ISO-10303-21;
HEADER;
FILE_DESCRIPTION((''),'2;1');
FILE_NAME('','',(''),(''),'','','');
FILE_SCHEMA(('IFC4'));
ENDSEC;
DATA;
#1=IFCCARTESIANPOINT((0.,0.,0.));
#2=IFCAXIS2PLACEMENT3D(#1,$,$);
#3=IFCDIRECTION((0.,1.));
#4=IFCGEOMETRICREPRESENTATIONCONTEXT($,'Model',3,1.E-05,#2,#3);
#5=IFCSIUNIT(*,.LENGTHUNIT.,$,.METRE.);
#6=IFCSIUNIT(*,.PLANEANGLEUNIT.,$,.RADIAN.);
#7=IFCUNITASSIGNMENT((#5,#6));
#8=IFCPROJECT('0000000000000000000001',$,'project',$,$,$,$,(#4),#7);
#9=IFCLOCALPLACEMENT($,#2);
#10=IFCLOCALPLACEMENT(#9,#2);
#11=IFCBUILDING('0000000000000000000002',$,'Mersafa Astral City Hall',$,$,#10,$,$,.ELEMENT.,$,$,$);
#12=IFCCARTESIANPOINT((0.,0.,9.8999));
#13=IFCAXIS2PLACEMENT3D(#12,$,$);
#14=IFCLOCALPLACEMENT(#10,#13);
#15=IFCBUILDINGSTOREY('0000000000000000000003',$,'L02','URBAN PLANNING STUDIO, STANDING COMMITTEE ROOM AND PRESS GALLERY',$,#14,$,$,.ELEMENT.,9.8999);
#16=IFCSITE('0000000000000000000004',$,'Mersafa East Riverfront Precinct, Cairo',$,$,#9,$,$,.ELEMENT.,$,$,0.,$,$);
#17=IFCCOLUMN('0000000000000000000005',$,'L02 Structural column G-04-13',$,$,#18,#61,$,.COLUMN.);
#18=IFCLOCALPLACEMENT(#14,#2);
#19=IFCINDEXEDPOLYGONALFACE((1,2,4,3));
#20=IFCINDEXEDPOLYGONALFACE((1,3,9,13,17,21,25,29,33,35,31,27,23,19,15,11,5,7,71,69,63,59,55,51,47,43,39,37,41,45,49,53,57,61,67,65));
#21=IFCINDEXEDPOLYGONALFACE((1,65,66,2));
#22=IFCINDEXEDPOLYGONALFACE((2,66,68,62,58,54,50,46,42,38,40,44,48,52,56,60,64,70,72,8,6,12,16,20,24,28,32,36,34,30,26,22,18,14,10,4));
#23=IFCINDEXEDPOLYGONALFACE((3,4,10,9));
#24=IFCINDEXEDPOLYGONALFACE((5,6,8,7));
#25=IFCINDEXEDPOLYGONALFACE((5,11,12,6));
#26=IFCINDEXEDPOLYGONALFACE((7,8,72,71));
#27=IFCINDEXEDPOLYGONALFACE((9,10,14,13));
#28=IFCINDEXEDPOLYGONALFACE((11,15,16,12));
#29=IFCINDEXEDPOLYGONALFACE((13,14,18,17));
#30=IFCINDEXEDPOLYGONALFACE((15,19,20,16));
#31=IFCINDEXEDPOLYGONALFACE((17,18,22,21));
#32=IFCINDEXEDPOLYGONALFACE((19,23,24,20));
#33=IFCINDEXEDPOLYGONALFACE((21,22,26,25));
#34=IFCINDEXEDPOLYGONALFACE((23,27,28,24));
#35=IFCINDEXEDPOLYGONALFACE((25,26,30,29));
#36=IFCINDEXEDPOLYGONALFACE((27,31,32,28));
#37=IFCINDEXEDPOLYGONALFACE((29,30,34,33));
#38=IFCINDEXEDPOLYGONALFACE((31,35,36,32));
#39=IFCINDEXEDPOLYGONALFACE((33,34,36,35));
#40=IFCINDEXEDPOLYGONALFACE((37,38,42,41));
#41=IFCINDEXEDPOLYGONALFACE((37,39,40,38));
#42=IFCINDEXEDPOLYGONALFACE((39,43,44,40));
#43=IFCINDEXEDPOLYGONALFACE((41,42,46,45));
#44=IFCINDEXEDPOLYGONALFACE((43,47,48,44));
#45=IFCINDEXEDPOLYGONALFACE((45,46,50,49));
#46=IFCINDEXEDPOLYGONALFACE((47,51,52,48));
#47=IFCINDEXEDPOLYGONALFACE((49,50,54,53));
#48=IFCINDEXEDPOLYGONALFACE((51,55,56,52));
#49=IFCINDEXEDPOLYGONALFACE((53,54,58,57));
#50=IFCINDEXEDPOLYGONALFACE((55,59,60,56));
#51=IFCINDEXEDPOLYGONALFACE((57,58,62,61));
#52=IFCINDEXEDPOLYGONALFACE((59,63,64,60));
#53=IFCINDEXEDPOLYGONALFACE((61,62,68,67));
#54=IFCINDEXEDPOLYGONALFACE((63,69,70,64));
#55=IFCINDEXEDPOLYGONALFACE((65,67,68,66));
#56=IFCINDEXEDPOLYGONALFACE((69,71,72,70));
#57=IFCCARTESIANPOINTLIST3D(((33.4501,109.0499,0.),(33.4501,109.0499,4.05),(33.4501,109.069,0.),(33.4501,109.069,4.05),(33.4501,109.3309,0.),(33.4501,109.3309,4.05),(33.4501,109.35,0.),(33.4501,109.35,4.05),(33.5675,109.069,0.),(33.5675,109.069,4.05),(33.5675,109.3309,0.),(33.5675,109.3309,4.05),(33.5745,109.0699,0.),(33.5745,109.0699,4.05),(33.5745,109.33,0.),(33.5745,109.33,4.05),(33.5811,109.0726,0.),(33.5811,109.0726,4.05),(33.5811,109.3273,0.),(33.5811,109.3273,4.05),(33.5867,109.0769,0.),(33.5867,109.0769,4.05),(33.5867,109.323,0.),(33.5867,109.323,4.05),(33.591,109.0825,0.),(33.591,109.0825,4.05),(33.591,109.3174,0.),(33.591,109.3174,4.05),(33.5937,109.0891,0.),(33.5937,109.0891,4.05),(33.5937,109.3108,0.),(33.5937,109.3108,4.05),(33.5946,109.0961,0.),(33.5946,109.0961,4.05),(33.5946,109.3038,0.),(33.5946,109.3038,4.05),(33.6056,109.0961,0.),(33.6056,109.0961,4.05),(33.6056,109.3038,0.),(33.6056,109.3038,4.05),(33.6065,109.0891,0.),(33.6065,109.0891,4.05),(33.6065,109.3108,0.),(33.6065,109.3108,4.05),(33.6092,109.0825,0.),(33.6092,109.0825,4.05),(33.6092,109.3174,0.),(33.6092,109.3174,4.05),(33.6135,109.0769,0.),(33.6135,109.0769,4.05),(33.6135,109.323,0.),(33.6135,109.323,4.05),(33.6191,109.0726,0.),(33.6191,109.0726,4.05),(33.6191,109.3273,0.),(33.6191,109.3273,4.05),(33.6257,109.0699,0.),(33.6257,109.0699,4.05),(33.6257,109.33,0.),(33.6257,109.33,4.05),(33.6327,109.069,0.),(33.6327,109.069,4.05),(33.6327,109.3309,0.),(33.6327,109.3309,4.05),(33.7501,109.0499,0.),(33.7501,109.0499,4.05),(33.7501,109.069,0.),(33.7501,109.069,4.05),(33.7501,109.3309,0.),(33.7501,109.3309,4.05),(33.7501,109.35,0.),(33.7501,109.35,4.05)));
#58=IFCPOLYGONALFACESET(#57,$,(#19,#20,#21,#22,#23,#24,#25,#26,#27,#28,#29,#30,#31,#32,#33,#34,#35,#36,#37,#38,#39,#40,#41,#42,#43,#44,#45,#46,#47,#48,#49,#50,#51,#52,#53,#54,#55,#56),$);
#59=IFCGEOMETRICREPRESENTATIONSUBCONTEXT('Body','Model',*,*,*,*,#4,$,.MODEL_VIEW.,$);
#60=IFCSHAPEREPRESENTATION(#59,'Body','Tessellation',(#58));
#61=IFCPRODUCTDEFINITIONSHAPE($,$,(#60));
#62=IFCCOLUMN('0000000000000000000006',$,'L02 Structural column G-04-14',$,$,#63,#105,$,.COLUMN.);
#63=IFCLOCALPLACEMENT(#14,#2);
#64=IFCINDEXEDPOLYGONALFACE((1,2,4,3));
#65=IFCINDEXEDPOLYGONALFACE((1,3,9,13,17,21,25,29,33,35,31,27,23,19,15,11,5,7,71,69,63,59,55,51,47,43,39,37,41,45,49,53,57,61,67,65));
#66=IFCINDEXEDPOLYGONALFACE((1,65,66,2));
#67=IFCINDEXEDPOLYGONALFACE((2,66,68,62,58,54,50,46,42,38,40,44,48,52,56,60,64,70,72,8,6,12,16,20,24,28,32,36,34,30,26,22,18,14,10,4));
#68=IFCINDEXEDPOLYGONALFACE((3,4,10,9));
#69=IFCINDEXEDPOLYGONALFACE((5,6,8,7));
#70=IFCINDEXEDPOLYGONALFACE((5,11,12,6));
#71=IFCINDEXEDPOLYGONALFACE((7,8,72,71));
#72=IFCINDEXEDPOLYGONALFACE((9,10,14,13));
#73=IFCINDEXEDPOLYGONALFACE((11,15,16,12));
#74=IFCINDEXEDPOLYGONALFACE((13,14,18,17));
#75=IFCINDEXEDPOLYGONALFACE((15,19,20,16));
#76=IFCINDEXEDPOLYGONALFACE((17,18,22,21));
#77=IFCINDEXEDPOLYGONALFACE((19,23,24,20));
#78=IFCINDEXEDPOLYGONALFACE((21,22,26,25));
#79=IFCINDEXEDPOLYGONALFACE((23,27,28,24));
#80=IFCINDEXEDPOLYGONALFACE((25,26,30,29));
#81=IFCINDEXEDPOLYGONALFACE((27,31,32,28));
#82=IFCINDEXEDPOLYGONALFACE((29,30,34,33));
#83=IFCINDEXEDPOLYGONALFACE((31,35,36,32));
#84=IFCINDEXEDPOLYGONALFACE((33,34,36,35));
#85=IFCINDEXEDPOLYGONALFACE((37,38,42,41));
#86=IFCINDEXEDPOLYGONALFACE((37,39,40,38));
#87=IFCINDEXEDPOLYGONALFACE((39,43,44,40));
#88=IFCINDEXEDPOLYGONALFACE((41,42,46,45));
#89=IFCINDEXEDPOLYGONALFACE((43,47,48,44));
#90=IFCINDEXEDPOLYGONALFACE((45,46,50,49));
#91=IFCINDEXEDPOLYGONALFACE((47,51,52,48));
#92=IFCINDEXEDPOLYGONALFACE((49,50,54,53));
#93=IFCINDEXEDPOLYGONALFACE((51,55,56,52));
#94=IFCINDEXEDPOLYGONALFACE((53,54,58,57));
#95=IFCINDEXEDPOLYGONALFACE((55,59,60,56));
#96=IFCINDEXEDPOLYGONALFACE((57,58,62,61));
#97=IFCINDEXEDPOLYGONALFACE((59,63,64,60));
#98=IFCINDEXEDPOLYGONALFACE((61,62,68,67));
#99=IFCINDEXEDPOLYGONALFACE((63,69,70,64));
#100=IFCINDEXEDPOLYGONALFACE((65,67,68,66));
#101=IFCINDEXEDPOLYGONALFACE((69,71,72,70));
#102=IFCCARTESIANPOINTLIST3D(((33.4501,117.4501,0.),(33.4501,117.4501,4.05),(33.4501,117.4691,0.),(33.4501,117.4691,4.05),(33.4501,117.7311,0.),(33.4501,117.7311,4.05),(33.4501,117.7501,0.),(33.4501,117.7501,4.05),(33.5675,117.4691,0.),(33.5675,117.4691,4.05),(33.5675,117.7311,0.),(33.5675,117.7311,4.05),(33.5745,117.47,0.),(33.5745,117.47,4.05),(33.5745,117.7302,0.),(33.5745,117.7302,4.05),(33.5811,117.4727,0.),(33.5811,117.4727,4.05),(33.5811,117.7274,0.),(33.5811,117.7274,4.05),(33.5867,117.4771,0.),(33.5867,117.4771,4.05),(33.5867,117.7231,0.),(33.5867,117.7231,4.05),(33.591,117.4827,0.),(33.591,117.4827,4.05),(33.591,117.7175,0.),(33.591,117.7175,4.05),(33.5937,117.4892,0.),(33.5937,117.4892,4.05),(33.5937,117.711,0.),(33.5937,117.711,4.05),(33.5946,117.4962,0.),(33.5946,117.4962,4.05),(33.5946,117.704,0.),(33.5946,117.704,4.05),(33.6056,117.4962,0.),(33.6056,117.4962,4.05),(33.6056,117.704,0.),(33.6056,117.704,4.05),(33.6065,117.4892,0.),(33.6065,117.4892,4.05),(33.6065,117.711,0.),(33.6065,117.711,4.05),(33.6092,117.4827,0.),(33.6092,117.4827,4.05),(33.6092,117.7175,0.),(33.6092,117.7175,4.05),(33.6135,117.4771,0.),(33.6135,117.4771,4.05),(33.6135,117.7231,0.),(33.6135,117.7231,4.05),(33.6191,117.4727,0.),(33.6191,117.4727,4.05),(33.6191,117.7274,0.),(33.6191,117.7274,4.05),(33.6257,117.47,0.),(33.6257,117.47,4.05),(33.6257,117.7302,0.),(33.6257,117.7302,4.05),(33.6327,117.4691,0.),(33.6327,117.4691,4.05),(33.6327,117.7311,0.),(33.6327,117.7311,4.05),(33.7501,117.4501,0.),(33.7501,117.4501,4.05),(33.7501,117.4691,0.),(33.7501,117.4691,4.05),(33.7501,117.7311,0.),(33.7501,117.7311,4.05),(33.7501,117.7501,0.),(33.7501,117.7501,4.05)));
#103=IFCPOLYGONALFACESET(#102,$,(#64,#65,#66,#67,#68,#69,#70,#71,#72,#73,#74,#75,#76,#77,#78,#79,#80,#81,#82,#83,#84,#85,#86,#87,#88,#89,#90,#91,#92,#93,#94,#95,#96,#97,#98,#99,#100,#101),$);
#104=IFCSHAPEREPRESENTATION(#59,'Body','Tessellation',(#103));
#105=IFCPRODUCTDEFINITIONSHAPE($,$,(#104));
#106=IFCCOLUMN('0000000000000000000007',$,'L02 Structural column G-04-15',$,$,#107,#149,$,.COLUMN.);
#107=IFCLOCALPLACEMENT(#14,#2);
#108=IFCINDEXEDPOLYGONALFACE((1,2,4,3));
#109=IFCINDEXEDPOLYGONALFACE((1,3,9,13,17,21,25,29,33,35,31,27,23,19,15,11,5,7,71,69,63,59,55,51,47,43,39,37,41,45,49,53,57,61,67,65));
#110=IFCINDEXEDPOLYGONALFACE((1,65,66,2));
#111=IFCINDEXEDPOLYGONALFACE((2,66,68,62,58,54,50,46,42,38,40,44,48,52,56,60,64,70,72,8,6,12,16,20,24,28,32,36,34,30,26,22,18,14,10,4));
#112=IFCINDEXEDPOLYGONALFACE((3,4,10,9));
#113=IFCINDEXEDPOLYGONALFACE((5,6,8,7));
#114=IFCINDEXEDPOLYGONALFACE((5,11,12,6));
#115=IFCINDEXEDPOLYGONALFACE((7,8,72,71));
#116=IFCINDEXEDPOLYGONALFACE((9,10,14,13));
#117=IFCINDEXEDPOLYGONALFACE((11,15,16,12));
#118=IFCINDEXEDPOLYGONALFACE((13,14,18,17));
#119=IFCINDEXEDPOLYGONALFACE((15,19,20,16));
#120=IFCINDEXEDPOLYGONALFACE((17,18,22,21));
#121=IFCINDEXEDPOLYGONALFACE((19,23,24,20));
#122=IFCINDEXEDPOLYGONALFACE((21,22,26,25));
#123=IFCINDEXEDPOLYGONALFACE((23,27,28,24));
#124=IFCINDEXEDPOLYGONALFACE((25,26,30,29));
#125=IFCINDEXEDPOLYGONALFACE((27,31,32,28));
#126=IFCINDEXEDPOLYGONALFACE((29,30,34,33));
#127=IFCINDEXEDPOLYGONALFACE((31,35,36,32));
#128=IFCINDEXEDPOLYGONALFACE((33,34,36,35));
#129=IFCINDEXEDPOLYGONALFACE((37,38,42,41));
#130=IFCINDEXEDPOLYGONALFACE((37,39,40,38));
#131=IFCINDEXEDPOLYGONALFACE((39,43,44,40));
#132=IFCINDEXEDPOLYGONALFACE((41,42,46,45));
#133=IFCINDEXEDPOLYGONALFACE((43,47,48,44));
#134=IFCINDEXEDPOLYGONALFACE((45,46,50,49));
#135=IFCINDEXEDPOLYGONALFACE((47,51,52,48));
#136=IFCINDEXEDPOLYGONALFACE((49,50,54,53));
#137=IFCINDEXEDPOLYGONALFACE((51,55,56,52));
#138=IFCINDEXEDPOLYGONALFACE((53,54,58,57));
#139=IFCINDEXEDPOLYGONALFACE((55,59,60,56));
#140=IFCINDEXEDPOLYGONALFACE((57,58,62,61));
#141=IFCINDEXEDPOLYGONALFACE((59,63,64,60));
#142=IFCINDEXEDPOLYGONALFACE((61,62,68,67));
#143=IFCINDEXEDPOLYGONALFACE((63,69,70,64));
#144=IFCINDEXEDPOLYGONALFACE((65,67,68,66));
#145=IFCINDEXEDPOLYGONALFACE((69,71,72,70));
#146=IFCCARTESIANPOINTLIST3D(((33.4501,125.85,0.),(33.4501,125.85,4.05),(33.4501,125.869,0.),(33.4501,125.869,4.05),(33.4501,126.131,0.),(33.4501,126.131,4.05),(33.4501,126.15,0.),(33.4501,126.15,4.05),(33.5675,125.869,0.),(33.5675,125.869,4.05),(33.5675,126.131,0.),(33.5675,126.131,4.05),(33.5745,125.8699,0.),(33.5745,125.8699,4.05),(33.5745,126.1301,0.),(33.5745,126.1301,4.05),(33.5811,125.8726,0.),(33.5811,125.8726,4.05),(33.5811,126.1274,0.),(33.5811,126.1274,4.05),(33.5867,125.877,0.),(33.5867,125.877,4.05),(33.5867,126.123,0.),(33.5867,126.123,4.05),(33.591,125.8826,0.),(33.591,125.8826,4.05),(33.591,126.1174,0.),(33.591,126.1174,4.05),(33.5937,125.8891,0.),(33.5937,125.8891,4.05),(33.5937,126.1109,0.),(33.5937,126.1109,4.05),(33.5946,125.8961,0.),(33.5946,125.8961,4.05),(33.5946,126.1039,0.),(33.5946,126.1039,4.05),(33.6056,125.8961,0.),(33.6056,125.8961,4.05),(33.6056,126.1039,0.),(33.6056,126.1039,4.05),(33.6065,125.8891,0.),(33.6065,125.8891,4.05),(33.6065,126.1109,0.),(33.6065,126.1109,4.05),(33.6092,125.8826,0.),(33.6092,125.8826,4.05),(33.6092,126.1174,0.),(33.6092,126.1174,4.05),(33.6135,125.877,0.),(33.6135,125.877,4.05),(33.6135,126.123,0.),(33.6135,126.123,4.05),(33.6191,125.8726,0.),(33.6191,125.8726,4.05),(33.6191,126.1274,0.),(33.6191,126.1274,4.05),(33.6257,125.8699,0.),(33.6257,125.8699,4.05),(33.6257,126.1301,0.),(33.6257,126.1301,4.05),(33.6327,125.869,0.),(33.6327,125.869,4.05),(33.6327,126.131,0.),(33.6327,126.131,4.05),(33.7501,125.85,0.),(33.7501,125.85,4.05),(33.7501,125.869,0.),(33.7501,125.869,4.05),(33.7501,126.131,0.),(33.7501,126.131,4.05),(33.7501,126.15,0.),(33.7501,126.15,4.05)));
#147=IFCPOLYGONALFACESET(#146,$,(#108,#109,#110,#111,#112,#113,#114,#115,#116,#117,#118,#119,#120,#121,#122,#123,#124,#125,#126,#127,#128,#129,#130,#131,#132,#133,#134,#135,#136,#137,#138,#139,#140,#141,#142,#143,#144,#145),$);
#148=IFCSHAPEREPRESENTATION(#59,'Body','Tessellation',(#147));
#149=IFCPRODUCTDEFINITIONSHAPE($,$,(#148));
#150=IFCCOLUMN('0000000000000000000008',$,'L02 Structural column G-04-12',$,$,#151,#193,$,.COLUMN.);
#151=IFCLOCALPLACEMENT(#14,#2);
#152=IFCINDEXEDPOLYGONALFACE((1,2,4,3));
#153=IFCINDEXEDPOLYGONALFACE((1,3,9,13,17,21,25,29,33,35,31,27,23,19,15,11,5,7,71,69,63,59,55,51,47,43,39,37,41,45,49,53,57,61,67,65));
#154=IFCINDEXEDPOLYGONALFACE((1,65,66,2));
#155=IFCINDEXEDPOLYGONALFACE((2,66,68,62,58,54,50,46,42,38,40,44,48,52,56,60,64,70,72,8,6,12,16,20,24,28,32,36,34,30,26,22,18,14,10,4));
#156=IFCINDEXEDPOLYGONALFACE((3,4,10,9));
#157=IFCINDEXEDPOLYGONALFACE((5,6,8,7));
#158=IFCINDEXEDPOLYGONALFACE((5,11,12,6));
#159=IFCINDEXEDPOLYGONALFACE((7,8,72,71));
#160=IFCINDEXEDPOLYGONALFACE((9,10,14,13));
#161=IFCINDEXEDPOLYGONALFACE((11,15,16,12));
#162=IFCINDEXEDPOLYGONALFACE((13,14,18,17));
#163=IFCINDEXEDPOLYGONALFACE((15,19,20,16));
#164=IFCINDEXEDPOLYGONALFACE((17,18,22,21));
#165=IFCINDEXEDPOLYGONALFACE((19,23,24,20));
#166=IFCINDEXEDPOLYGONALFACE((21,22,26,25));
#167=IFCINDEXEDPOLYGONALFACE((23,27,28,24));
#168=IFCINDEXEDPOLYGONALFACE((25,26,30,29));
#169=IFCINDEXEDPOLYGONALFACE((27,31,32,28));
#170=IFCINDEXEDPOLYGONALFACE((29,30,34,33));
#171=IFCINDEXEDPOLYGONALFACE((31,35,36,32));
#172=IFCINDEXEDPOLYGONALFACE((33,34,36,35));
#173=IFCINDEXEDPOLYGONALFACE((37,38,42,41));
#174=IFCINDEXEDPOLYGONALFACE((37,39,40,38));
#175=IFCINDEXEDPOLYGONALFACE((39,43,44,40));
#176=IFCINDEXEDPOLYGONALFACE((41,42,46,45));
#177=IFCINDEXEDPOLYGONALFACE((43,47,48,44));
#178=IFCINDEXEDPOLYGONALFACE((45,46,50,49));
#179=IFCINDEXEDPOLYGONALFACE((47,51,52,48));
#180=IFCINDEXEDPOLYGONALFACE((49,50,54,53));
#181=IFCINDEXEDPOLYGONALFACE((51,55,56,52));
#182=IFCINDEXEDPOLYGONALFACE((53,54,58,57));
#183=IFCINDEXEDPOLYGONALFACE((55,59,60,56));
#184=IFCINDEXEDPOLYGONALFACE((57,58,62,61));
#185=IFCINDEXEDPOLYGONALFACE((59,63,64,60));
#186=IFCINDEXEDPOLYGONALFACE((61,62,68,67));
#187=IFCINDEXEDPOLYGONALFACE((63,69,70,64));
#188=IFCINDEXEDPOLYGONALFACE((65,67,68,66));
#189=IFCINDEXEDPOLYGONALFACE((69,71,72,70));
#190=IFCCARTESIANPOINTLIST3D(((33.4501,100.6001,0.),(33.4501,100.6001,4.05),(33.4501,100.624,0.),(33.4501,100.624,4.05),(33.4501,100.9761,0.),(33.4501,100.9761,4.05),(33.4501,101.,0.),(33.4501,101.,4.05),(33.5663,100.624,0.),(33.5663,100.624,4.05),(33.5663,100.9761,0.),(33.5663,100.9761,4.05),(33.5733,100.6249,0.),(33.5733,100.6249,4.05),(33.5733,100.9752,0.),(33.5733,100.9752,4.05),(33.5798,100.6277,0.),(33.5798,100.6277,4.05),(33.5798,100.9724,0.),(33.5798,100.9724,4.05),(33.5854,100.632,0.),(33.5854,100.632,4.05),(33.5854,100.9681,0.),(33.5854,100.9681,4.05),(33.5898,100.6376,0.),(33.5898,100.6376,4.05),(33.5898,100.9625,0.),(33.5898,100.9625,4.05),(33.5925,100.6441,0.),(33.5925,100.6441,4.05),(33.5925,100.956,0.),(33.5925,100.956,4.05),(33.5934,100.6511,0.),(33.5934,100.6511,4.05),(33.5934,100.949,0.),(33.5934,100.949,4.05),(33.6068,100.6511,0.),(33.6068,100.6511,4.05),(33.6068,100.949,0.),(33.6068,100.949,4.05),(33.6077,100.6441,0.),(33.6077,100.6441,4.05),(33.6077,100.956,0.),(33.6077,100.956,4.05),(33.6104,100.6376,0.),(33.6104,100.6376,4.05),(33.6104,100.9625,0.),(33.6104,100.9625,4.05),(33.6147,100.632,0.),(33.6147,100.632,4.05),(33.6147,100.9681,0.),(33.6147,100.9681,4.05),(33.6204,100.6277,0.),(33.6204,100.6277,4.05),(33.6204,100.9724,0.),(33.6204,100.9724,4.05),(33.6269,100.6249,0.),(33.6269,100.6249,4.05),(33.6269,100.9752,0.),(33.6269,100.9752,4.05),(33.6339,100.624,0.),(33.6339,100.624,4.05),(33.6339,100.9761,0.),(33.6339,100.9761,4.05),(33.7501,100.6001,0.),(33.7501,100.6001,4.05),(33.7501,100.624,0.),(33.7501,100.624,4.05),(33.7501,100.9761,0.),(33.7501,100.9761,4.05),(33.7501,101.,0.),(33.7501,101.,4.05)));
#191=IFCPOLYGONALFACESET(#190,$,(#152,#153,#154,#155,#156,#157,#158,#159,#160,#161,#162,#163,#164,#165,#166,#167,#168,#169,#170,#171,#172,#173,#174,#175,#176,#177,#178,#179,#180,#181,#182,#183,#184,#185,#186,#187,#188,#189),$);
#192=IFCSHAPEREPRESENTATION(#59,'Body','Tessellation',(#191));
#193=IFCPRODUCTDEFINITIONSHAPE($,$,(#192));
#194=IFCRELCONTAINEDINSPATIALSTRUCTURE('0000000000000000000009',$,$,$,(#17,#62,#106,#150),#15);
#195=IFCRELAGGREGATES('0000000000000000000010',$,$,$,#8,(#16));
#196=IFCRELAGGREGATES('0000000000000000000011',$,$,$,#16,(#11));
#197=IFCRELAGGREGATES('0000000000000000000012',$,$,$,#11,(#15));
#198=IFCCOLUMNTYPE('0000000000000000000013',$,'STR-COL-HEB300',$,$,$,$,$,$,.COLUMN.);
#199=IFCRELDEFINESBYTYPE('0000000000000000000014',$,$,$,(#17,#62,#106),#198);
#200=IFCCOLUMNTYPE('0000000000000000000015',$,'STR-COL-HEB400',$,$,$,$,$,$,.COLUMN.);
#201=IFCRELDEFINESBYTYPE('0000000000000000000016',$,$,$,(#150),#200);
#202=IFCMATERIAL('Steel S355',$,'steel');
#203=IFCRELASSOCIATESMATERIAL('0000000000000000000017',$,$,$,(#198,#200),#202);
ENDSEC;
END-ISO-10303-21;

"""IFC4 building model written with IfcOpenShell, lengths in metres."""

from ifc_helpers import new_model, si_unit, direction, frame, origin, origin_2d, place, context, subcontext, project, spatial, i_section, extrude, material, material_profile, profile_set, type_object, element, save


model = new_model("IFC4")

# Units and contexts
model_context = context("Model", 3, precision=1e-05, world=origin(), true_north=direction((0.0, 1.0)))
body_context = subcontext(model_context, "Body", "Model", "MODEL_VIEW")
ifc_project = project(units=[si_unit("LENGTHUNIT", "METRE"), si_unit("PLANEANGLEUNIT", "RADIAN")], contexts=[model_context])

# Site, building, storey
site_placement = place(None, origin())
site = spatial("IfcSite", under=ifc_project, at=site_placement, Name="Mersafa East Riverfront Precinct, Cairo", CompositionType="ELEMENT", RefElevation=0.0)
building_placement = place(site_placement, origin())
building = spatial("IfcBuilding", under=site, at=building_placement, Name="Mersafa Astral City Hall", CompositionType="ELEMENT")
storey_placement = place(building_placement, frame((0.0, 0.0, 9.8999)))
storey = spatial("IfcBuildingStorey", under=building, at=storey_placement, Name="L02", Description="URBAN PLANNING STUDIO, STANDING COMMITTEE ROOM AND PRESS GALLERY", CompositionType="ELEMENT", Elevation=9.8999)

# Columns
ifc_material_1 = material(Name="Steel S355", Category="steel")
ifc_material_profile_1 = material_profile(ifc_material_1, i_section(OverallWidth=0.3, OverallDepth=0.3, WebThickness=0.011, FlangeThickness=0.019, FilletRadius=0.0271, at=origin_2d()), Name="HEB 300")
ifc_profile_set_1 = profile_set([ifc_material_profile_1], Name="Steel S355")
column_type_1 = type_object("IfcColumnType", Name="STR-COL-HEB300", PredefinedType="COLUMN", material=ifc_profile_set_1)
for number, where, z_axis, x_axis, name in (
    (1, (33.6001, 109.2, 0.0), (0.0, 0.0, 1.0), (1.0, 0.0, 0.0), "L02 Structural column G-04-13"),
    (2, (33.6001, 117.6001, 0.0), (0.0, 0.0, 1.0), (1.0, 0.0, 0.0), "L02 Structural column G-04-14"),
    (3, (33.6001, 126.0, 0.0), (0.0, 0.0, 1.0), (1.0, 0.0, 0.0), "L02 Structural column G-04-15"),
):
    element("IfcColumn", number, at=place(storey_placement, frame(where, z_axis=z_axis, x_axis=x_axis)), inside=storey, type_object=column_type_1, Name=name, PredefinedType="COLUMN", context=body_context, shape_type="SweptSolid", body=[
        extrude(i_section(OverallWidth=0.3, OverallDepth=0.3, WebThickness=0.011, FlangeThickness=0.019, FilletRadius=0.0271, at=origin_2d()), origin(), (0.0, 0.0, 1.0), 4.05),
    ])
ifc_material_profile_2 = material_profile(ifc_material_1, i_section(OverallWidth=0.3, OverallDepth=0.3999, WebThickness=0.0134, FlangeThickness=0.0239, FilletRadius=0.0271, at=origin_2d()), Name="HEB 400")
ifc_profile_set_2 = profile_set([ifc_material_profile_2], Name="Steel S355")
column_type_2 = type_object("IfcColumnType", Name="STR-COL-HEB400", PredefinedType="COLUMN", material=ifc_profile_set_2)
column_placement = place(storey_placement, frame((33.6001, 100.8, 0.0), z_axis=(0.0, 0.0, 1.0), x_axis=(1.0, 0.0, 0.0)))
element("IfcColumn", 4, at=column_placement, inside=storey, type_object=column_type_2, Name="L02 Structural column G-04-12", PredefinedType="COLUMN", context=body_context, shape_type="SweptSolid", body=[
    extrude(i_section(OverallWidth=0.3, OverallDepth=0.3999, WebThickness=0.0134, FlangeThickness=0.0239, FilletRadius=0.0271, at=origin_2d()), origin(), (0.0, 0.0, 1.0), 4.05),
])

save(model, "model.ifc")
